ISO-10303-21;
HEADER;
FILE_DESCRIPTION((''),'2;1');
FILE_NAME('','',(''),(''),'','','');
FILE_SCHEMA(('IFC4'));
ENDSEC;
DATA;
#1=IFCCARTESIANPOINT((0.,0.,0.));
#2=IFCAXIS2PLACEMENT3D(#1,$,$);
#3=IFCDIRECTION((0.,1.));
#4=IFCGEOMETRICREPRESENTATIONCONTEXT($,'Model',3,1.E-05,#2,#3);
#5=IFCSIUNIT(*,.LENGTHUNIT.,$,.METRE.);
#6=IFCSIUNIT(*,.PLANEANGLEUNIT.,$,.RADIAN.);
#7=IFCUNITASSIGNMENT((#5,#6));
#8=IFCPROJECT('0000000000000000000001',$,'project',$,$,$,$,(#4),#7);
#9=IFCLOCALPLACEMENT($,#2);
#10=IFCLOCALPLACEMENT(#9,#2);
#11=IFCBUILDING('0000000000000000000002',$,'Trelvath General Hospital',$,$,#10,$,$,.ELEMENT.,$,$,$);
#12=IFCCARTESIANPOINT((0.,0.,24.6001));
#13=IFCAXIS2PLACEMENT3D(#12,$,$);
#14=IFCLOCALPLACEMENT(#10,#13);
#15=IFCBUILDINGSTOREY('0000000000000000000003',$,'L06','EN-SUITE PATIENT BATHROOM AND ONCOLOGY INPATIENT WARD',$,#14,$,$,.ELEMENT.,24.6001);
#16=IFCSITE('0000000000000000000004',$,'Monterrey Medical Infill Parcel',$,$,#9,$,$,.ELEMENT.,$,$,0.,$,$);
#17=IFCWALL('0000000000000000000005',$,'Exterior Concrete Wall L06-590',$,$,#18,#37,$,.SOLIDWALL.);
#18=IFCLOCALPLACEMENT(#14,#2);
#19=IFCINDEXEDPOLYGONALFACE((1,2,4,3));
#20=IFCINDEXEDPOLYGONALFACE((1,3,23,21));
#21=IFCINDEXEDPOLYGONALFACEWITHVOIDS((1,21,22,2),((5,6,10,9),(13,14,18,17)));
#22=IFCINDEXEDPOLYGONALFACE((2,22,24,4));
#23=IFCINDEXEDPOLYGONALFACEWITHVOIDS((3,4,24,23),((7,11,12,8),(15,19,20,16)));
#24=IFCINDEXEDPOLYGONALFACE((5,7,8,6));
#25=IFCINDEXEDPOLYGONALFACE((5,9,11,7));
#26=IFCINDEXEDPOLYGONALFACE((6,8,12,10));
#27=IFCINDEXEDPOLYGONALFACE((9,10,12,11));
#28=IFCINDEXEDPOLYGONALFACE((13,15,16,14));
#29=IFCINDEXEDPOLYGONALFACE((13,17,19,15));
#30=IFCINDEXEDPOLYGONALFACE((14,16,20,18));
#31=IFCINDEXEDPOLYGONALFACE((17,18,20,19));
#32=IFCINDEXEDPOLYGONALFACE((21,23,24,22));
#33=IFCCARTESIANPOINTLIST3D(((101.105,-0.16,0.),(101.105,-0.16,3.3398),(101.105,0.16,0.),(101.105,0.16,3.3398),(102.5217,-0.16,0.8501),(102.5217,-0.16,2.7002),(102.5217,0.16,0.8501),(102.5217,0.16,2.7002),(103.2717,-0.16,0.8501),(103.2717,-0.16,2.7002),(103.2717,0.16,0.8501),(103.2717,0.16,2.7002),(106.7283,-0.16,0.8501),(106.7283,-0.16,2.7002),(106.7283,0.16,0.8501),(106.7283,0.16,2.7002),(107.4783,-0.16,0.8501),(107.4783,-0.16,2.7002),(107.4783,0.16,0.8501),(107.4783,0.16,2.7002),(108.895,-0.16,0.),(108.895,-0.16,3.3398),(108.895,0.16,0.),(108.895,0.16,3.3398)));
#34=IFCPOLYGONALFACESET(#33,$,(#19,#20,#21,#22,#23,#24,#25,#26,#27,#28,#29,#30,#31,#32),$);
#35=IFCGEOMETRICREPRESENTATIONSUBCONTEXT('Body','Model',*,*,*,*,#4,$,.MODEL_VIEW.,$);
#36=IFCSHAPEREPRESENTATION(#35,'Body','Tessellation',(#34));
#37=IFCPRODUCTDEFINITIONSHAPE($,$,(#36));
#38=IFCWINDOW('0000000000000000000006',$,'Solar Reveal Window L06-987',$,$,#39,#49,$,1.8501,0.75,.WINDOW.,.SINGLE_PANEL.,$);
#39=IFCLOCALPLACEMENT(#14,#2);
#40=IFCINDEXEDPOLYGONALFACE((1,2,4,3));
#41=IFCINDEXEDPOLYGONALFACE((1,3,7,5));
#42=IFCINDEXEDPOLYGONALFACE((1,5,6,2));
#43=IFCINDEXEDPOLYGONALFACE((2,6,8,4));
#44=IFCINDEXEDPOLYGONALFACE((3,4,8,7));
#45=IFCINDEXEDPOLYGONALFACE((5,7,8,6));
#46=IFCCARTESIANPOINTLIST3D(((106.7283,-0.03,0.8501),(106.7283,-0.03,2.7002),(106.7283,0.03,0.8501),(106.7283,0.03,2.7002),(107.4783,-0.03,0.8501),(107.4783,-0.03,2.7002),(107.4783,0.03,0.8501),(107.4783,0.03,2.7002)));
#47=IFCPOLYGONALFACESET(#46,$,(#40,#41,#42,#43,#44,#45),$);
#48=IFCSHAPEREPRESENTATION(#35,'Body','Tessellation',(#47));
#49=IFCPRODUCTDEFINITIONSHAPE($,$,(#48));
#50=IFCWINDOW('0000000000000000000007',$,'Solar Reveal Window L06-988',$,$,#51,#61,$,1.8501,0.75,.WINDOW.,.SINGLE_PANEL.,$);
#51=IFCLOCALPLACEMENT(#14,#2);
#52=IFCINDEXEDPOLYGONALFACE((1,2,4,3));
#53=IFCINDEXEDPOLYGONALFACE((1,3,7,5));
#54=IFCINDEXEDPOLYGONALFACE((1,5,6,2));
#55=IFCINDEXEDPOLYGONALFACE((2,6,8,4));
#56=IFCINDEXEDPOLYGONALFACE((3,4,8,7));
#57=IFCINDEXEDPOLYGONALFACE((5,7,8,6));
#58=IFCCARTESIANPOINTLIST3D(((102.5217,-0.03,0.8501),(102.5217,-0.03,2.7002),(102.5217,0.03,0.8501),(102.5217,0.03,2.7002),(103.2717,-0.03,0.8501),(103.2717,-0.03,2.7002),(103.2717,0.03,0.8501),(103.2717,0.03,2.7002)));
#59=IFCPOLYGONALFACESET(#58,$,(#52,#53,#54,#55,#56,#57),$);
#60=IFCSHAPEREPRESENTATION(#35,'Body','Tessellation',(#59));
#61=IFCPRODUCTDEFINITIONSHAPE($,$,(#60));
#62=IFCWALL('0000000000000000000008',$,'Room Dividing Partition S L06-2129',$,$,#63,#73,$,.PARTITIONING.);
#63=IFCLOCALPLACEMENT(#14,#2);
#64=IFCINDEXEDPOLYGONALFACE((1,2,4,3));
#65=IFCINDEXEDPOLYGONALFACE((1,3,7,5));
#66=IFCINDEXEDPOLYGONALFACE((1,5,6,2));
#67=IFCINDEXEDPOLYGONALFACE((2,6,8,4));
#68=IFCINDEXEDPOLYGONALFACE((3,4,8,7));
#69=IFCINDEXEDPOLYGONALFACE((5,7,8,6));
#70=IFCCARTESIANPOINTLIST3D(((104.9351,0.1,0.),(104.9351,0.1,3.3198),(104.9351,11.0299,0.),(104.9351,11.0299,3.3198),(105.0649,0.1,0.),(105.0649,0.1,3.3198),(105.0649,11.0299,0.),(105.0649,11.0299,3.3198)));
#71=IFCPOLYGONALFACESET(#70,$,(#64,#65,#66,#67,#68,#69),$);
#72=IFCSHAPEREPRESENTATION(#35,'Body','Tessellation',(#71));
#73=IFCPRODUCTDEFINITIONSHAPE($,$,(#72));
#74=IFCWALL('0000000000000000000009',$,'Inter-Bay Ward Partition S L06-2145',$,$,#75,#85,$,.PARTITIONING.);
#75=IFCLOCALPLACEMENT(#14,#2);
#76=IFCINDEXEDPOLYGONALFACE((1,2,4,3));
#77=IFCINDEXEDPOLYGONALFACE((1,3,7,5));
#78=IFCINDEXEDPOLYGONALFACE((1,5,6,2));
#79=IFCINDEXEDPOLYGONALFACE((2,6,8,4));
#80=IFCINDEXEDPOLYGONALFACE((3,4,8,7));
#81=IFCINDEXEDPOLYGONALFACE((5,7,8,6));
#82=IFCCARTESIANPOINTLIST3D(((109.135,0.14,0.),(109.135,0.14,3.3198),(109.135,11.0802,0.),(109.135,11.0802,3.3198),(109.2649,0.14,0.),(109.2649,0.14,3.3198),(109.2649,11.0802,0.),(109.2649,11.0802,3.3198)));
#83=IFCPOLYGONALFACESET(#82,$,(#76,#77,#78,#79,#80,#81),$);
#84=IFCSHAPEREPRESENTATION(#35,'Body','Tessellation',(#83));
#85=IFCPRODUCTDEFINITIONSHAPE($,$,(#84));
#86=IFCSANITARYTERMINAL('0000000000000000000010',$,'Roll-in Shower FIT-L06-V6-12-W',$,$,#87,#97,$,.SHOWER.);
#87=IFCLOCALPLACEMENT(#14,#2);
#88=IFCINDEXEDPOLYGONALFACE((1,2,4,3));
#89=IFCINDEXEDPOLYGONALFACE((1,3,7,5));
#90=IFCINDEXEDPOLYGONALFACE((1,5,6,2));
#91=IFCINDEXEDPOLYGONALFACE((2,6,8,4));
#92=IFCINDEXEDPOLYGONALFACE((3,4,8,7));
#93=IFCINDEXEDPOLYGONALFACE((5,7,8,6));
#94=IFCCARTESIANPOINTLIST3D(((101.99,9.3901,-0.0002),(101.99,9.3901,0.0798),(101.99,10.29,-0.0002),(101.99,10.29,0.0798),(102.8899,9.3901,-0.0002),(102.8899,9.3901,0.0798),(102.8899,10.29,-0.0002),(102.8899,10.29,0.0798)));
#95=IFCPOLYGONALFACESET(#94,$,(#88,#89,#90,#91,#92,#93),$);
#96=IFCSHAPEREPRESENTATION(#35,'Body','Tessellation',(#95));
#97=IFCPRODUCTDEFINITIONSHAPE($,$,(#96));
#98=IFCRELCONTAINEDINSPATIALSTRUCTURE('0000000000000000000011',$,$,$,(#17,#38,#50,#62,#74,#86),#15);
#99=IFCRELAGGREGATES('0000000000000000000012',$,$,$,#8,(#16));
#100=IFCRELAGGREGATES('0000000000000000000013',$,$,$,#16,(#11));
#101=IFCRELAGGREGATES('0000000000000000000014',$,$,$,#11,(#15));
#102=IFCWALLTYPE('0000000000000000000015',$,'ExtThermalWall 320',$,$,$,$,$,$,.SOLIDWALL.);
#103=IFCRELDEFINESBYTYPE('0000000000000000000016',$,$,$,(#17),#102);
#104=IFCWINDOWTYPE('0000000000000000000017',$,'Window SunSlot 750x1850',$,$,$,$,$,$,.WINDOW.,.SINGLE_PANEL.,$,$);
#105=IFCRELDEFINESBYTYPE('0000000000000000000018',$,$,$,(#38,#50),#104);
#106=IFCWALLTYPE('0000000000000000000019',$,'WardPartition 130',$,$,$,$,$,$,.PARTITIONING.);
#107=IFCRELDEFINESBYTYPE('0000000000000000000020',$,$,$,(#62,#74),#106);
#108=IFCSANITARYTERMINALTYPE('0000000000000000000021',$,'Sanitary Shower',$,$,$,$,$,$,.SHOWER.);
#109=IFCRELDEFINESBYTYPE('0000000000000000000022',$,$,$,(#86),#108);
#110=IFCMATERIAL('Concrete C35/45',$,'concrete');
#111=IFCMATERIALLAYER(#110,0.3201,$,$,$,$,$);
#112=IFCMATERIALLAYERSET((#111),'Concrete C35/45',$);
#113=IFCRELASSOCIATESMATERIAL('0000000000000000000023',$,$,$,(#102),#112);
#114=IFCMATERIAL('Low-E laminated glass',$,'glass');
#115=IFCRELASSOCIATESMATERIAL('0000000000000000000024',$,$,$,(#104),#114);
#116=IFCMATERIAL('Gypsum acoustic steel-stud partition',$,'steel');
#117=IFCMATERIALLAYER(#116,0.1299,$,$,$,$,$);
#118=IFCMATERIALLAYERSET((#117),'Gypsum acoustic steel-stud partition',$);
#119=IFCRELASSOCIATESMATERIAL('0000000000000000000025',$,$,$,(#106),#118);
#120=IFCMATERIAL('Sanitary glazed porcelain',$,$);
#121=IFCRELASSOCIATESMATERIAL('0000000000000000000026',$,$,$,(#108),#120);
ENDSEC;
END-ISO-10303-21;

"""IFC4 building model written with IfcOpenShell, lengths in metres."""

from ifc_helpers import new_model, si_unit, direction, frame, frame_2d, origin, origin_2d, place, context, subcontext, project, spatial, rectangle, extrude, material, layer, layer_set, type_object, element, fill, save


model = new_model("IFC4")

# Units and contexts
model_context = context("Model", 3, precision=1e-05, world=origin(), true_north=direction((0.0, 1.0)))
body_context = subcontext(model_context, "Body", "Model", "MODEL_VIEW")
ifc_project = project(units=[si_unit("LENGTHUNIT", "METRE"), si_unit("PLANEANGLEUNIT", "RADIAN")], contexts=[model_context])

# Site, building, storey
site_placement = place(None, origin())
site = spatial("IfcSite", under=ifc_project, at=site_placement, Name="Monterrey Medical Infill Parcel", CompositionType="ELEMENT", RefElevation=0.0)
building_placement = place(site_placement, origin())
building = spatial("IfcBuilding", under=site, at=building_placement, Name="Trelvath General Hospital", CompositionType="ELEMENT")
storey_placement = place(building_placement, frame((0.0, 0.0, 24.6001)))
storey = spatial("IfcBuildingStorey", under=building, at=storey_placement, Name="L06", Description="EN-SUITE PATIENT BATHROOM AND ONCOLOGY INPATIENT WARD", CompositionType="ELEMENT", Elevation=24.6001)

# Wall, openings, windows
ifc_material_1 = material(Name="Concrete C35/45", Category="concrete")
ifc_layer_1 = layer(ifc_material_1, 0.3201)
ifc_layer_set_1 = layer_set([ifc_layer_1], Name="Concrete C35/45")
wall_type_1 = type_object("IfcWallType", Name="ExtThermalWall 320", PredefinedType="SOLIDWALL", material=ifc_layer_set_1)
wall_1_placement = place(storey_placement, frame((108.895, 0.0, 0.0), z_axis=(0.0, 0.0, 1.0), x_axis=(-1.0, 0.0, 0.0)))
wall_1 = element("IfcWall", 1, at=wall_1_placement, inside=storey, type_object=wall_type_1, Name="Exterior Concrete Wall L06-590", PredefinedType="SOLIDWALL", context=body_context, shape_type="SweptSolid", body=[
    extrude(rectangle(XDim=7.79, YDim=0.3201, at=frame_2d((3.895, 0.0))), origin(), (0.0, 0.0, 1.0), 3.3398),
])
opening_1_placement = place(wall_1_placement, frame((1.4167, 0.0, 0.8501)))
opening_1 = element("IfcOpeningElement", 2, at=opening_1_placement, cuts=wall_1, PredefinedType="OPENING", context=body_context, shape_type="SweptSolid", body=[
    extrude(rectangle(XDim=0.75, YDim=1.8501, at=frame_2d((0.375, 0.925))), frame((0.0, 0.1699, 0.0), z_axis=(0.0, -1.0, 0.0), x_axis=(1.0, 0.0, 0.0)), (0.0, 0.0, 1.0), 0.3401),
])
opening_2_placement = place(wall_1_placement, frame((5.6233, 0.0, 0.8501)))
opening_2 = element("IfcOpeningElement", 3, at=opening_2_placement, cuts=wall_1, PredefinedType="OPENING", context=body_context, shape_type="SweptSolid", body=[
    extrude(rectangle(XDim=0.75, YDim=1.8501, at=frame_2d((0.375, 0.925))), frame((0.0, 0.1699, 0.0), z_axis=(0.0, -1.0, 0.0), x_axis=(1.0, 0.0, 0.0)), (0.0, 0.0, 1.0), 0.3401),
])
ifc_material_2 = material(Name="Low-E laminated glass", Category="glass")
window_type = type_object("IfcWindowType", Name="Window SunSlot 750x1850", PartitioningType="SINGLE_PANEL", PredefinedType="WINDOW", material=ifc_material_2)
window_1_placement = place(opening_1_placement, origin())
window_1 = element("IfcWindow", 4, at=window_1_placement, inside=storey, type_object=window_type, Name="Solar Reveal Window L06-987", OverallHeight=1.8501, OverallWidth=0.75, PartitioningType="SINGLE_PANEL", PredefinedType="WINDOW", context=body_context, shape_type="SweptSolid", body=[
    extrude(rectangle(XDim=0.75, YDim=1.8501, at=frame_2d((0.375, 0.925))), frame((0.0, 0.03, 0.0), z_axis=(0.0, -1.0, 0.0), x_axis=(1.0, 0.0, 0.0)), (0.0, 0.0, 1.0), 0.0601),
])
fill(opening_1, window_1)
window_2_placement = place(opening_2_placement, origin())
window_2 = element("IfcWindow", 5, at=window_2_placement, inside=storey, type_object=window_type, Name="Solar Reveal Window L06-988", OverallHeight=1.8501, OverallWidth=0.75, PartitioningType="SINGLE_PANEL", PredefinedType="WINDOW", context=body_context, shape_type="SweptSolid", body=[
    extrude(rectangle(XDim=0.75, YDim=1.8501, at=frame_2d((0.375, 0.925))), frame((0.0, 0.03, 0.0), z_axis=(0.0, -1.0, 0.0), x_axis=(1.0, 0.0, 0.0)), (0.0, 0.0, 1.0), 0.0601),
])
fill(opening_2, window_2)

# Walls
ifc_material_3 = material(Name="Gypsum acoustic steel-stud partition", Category="steel")
ifc_layer_2 = layer(ifc_material_3, 0.1299)
ifc_layer_set_2 = layer_set([ifc_layer_2], Name="Gypsum acoustic steel-stud partition")
wall_type_2 = type_object("IfcWallType", Name="WardPartition 130", PredefinedType="PARTITIONING", material=ifc_layer_set_2)
wall_2_placement = place(storey_placement, frame((105.0, 0.1001, 0.0), z_axis=(0.0, 0.0, 1.0), x_axis=(0.0, 1.0, 0.0)))
element("IfcWall", 6, at=wall_2_placement, inside=storey, type_object=wall_type_2, Name="Room Dividing Partition S L06-2129", PredefinedType="PARTITIONING", context=body_context, shape_type="SweptSolid", body=[
    extrude(rectangle(XDim=10.9299, YDim=0.1299, at=frame_2d((5.4648, 0.0))), origin(), (0.0, 0.0, 1.0), 3.3198),
])
wall_3_placement = place(storey_placement, frame((109.2, 0.1399, 0.0), z_axis=(0.0, 0.0, 1.0), x_axis=(0.0, 1.0, 0.0)))
element("IfcWall", 7, at=wall_3_placement, inside=storey, type_object=wall_type_2, Name="Inter-Bay Ward Partition S L06-2145", PredefinedType="PARTITIONING", context=body_context, shape_type="SweptSolid", body=[
    extrude(rectangle(XDim=10.9402, YDim=0.1299, at=frame_2d((5.4702, 0.0))), origin(), (0.0, 0.0, 1.0), 3.3198),
])

# Sanitary terminal
ifc_material_4 = material(Name="Sanitary glazed porcelain")
sanitary_terminal_type = type_object("IfcSanitaryTerminalType", Name="Sanitary Shower", PredefinedType="SHOWER", material=ifc_material_4)
sanitary_terminal_placement = place(storey_placement, frame((102.4399, 9.8401, -0.0002), z_axis=(0.0, 0.0, 1.0), x_axis=(1.0, 0.0, 0.0)))
element("IfcSanitaryTerminal", 8, at=sanitary_terminal_placement, inside=storey, type_object=sanitary_terminal_type, Name="Roll-in Shower FIT-L06-V6-12-W", PredefinedType="SHOWER", context=body_context, shape_type="SweptSolid", body=[
    extrude(rectangle(XDim=0.8999, YDim=0.8999, at=origin_2d()), origin(), (0.0, 0.0, 1.0), 0.0801),
])

save(model, "model.ifc")
